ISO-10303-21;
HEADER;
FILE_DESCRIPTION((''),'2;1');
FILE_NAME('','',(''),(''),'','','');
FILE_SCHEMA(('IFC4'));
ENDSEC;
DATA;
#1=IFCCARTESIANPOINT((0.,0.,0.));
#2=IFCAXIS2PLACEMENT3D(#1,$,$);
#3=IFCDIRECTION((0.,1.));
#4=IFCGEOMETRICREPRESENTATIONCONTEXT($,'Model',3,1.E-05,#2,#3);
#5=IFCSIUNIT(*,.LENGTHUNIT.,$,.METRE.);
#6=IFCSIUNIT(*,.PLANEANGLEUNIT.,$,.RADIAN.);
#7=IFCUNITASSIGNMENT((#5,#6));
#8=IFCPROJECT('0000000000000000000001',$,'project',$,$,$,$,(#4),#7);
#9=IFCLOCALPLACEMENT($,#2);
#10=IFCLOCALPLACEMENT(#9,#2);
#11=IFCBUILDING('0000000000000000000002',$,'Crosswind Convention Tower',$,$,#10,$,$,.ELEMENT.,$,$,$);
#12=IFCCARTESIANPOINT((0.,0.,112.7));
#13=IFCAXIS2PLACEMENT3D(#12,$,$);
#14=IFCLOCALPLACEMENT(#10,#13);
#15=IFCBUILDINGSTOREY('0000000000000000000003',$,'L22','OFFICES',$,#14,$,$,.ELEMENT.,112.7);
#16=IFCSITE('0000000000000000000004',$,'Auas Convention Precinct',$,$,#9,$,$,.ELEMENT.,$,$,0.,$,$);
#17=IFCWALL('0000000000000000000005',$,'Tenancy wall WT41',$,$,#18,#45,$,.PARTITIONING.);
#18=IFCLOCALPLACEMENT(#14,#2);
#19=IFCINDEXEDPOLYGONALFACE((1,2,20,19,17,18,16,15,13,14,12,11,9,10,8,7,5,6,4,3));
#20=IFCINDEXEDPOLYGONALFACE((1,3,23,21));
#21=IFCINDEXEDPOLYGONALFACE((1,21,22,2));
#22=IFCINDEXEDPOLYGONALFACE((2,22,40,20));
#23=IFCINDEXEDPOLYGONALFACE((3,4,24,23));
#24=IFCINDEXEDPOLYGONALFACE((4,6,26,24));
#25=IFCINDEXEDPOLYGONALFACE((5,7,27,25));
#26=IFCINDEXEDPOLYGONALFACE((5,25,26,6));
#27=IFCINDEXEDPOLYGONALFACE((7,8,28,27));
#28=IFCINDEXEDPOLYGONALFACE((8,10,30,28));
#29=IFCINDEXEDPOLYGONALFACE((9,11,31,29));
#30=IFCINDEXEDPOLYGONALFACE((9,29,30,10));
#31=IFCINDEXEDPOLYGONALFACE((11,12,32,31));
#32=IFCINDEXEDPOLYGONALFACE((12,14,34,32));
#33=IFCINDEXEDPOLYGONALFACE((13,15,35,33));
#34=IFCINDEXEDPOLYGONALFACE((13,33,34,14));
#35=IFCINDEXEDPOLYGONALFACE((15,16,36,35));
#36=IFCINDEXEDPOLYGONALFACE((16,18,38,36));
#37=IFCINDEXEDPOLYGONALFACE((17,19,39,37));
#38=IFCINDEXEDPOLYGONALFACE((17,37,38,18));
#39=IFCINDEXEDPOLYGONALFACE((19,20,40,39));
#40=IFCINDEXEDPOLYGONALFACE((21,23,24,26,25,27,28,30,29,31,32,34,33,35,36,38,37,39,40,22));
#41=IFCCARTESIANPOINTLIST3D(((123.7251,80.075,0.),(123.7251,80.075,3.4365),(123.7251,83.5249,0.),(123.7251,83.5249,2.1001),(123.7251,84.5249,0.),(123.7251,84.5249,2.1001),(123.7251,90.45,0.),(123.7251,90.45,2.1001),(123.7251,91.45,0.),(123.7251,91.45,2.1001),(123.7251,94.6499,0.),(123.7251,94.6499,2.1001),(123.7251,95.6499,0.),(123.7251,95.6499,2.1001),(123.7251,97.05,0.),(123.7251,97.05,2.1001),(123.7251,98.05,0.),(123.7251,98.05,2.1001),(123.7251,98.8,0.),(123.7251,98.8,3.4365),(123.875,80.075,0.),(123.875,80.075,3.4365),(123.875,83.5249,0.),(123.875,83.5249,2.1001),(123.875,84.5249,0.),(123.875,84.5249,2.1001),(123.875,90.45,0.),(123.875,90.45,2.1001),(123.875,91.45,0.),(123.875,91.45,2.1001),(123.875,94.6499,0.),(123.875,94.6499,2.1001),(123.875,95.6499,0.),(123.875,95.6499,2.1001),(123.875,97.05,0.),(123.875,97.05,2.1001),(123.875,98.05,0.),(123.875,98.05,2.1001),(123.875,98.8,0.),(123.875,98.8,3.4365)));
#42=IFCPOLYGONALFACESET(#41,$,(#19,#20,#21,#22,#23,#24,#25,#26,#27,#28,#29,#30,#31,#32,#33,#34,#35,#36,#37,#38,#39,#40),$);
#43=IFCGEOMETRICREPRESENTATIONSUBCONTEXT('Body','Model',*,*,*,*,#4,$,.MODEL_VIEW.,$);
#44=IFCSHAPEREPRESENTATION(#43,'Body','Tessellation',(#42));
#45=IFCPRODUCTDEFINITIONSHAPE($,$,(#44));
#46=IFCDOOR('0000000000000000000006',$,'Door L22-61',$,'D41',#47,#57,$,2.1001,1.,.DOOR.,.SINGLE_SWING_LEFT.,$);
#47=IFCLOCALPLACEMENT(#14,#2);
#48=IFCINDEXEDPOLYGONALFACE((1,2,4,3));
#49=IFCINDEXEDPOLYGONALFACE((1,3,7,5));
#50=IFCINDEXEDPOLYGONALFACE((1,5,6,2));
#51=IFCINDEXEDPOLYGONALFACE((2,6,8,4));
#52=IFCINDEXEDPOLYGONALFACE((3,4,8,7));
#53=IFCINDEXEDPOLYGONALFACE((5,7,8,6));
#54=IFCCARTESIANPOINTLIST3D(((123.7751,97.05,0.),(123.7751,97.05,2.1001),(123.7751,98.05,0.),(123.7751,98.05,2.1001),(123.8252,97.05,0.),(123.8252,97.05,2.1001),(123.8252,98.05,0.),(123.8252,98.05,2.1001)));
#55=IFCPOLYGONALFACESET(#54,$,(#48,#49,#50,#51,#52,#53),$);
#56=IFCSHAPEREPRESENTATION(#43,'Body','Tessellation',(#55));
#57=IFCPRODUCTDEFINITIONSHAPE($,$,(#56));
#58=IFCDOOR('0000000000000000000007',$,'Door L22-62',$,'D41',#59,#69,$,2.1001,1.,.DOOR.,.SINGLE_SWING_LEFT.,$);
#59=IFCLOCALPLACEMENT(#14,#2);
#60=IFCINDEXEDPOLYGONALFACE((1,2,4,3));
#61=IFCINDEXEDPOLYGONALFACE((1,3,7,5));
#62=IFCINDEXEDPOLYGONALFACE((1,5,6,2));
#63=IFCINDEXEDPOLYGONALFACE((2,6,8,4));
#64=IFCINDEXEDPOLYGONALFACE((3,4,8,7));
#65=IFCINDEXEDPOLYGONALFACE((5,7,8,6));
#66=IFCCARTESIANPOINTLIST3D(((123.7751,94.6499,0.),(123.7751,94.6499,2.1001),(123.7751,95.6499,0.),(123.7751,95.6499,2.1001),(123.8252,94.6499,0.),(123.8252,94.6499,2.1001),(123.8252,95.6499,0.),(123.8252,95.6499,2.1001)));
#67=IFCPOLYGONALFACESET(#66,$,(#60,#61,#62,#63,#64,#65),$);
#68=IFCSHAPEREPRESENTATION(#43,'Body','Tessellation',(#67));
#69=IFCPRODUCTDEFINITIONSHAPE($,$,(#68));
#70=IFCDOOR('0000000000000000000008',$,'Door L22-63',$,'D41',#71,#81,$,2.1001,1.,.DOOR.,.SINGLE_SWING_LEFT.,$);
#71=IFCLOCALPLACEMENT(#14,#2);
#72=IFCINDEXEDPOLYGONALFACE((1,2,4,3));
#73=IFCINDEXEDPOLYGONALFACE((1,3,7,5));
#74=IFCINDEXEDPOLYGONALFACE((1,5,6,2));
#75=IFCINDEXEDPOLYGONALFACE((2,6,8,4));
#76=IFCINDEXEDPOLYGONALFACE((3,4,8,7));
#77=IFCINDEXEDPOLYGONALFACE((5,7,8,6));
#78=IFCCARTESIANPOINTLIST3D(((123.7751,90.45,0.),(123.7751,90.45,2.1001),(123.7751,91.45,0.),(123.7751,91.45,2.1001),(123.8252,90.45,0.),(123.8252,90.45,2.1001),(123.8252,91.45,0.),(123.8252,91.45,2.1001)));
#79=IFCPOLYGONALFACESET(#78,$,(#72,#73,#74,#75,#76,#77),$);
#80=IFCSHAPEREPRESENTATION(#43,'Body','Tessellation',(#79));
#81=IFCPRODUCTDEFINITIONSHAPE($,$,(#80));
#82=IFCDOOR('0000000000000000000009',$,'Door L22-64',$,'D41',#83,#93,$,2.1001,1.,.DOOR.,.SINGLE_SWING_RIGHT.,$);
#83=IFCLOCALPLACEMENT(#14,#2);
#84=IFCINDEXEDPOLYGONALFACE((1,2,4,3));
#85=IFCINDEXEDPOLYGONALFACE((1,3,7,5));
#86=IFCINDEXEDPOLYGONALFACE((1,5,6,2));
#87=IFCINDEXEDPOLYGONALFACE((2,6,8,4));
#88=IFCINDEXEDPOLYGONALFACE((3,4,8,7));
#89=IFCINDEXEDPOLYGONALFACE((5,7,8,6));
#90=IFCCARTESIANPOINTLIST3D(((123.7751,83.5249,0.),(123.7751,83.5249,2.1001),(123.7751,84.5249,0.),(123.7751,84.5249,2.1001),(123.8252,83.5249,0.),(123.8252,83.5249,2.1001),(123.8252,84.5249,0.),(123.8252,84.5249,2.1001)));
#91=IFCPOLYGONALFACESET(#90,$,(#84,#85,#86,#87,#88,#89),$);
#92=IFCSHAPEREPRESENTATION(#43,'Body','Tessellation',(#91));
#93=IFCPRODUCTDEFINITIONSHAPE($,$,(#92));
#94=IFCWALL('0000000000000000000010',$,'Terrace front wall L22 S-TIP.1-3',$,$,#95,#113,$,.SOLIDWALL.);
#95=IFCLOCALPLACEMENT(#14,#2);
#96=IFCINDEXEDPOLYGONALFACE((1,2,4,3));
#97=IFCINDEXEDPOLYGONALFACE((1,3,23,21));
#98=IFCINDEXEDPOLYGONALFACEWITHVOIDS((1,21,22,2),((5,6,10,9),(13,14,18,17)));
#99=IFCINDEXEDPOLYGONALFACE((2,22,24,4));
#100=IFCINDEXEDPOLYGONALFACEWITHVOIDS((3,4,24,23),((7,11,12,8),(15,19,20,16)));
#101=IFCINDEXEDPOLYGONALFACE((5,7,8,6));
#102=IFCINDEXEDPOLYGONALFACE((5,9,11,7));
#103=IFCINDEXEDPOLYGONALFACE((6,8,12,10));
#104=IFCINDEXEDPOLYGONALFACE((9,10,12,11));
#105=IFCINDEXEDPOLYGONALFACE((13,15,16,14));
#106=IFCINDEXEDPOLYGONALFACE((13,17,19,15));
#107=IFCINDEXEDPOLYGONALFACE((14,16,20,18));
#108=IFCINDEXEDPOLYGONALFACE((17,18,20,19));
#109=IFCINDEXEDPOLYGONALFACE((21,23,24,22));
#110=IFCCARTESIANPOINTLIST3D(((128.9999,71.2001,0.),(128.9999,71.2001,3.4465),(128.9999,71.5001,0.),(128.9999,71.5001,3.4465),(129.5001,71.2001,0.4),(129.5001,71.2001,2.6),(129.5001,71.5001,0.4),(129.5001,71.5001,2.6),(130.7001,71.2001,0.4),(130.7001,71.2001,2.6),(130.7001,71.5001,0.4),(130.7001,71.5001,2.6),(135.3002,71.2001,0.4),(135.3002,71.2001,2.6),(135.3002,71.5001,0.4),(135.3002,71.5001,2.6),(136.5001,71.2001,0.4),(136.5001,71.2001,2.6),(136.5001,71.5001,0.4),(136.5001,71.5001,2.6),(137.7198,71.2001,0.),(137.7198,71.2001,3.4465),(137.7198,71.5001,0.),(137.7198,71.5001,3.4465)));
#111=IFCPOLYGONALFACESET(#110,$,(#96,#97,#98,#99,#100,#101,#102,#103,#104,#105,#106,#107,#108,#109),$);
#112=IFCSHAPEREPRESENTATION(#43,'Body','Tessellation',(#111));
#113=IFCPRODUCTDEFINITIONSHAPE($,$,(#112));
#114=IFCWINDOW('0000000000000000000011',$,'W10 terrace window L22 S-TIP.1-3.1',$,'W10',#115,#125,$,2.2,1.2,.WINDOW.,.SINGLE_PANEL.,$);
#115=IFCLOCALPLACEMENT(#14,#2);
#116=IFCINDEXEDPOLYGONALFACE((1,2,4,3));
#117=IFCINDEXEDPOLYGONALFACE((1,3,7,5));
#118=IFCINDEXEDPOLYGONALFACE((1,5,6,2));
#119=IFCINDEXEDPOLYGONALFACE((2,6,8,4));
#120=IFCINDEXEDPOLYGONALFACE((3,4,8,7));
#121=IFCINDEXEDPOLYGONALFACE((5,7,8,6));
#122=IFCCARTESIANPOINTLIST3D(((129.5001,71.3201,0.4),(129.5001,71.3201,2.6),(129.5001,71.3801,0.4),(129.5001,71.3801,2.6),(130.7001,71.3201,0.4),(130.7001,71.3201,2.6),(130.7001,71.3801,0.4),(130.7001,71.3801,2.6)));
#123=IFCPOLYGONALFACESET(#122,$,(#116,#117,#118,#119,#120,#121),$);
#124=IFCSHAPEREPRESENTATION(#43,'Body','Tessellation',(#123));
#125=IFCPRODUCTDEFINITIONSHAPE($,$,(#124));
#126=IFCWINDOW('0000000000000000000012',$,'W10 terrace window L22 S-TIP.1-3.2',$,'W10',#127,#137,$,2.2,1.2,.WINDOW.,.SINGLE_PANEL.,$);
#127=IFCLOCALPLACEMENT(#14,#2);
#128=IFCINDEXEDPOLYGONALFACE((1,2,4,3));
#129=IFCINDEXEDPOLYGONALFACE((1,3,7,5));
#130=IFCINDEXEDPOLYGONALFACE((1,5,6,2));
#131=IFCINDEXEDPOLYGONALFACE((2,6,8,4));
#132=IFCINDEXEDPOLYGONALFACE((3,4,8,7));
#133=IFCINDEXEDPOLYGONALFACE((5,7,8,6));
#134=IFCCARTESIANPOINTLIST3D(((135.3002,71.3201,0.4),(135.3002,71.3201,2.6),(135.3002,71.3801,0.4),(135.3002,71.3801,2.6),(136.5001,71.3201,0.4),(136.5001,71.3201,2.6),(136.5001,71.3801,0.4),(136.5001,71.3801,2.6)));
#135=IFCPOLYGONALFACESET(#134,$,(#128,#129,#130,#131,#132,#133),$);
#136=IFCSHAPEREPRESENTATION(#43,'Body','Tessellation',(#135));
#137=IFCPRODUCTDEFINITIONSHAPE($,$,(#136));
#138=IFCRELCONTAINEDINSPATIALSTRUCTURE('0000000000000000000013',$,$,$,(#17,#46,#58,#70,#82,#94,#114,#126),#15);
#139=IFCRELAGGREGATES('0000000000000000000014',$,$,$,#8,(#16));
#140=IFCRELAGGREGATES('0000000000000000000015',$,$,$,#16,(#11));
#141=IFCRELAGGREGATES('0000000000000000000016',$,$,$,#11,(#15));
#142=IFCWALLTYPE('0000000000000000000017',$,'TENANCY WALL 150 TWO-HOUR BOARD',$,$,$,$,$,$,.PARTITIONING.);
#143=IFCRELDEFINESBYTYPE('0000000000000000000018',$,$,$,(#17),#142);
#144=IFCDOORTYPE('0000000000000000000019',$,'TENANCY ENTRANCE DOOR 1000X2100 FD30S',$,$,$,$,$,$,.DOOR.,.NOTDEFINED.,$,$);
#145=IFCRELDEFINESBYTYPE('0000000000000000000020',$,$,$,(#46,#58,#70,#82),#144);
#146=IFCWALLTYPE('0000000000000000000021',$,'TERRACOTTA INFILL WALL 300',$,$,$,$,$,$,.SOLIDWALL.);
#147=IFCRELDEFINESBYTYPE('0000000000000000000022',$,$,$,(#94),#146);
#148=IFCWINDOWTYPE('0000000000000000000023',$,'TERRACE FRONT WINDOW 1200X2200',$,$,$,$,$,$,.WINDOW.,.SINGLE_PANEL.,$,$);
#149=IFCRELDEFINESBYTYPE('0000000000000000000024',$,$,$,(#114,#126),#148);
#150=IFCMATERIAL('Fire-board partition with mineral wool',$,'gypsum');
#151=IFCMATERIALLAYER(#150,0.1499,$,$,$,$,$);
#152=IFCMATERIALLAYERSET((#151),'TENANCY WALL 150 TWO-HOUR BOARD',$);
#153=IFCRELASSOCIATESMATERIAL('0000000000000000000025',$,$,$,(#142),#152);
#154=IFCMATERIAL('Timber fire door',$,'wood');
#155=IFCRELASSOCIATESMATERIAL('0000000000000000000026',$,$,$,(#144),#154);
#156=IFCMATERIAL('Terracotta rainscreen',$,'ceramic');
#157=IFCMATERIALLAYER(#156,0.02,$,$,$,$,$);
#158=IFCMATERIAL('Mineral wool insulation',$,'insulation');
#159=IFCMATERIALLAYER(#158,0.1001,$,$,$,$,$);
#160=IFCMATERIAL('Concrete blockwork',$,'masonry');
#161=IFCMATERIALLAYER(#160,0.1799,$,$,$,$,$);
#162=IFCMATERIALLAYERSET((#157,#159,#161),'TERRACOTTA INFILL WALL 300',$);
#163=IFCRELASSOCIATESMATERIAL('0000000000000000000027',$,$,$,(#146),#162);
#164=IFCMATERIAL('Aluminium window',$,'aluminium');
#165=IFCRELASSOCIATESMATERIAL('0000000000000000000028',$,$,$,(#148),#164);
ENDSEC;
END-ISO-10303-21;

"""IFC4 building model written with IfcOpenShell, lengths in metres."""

from ifc_helpers import new_model, si_unit, direction, frame, frame_2d, origin, place, context, subcontext, project, spatial, rectangle, extrude, material, layer, layer_set, type_object, element, fill, save


model = new_model("IFC4")

# Units and contexts
model_context = context("Model", 3, precision=1e-05, world=origin(), true_north=direction((0.0, 1.0)))
body_context = subcontext(model_context, "Body", "Model", "MODEL_VIEW")
ifc_project = project(units=[si_unit("LENGTHUNIT", "METRE"), si_unit("PLANEANGLEUNIT", "RADIAN")], contexts=[model_context])

# Site, building, storey
site_placement = place(None, origin())
site = spatial("IfcSite", under=ifc_project, at=site_placement, Name="Auas Convention Precinct", CompositionType="ELEMENT", RefElevation=0.0)
building_placement = place(site_placement, origin())
building = spatial("IfcBuilding", under=site, at=building_placement, Name="Crosswind Convention Tower", CompositionType="ELEMENT")
storey_placement = place(building_placement, frame((0.0, 0.0, 112.7)))
storey = spatial("IfcBuildingStorey", under=building, at=storey_placement, Name="L22", Description="OFFICES", CompositionType="ELEMENT", Elevation=112.7)

# Wall, openings, doors
ifc_material_1 = material(Name="Fire-board partition with mineral wool", Category="gypsum")
ifc_layer_1 = layer(ifc_material_1, 0.1499)
ifc_layer_set_1 = layer_set([ifc_layer_1], Name="TENANCY WALL 150 TWO-HOUR BOARD")
wall_type_1 = type_object("IfcWallType", Name="TENANCY WALL 150 TWO-HOUR BOARD", PredefinedType="PARTITIONING", material=ifc_layer_set_1)
wall_1_placement = place(storey_placement, frame((123.8, 80.075, 0.0), z_axis=(0.0, 0.0, 1.0), x_axis=(0.0, 1.0, 0.0)))
wall_1 = element("IfcWall", 1, at=wall_1_placement, inside=storey, type_object=wall_type_1, Name="Tenancy wall WT41", PredefinedType="PARTITIONING", context=body_context, shape_type="SweptSolid", body=[
    extrude(rectangle(XDim=18.7251, YDim=0.1499, at=frame_2d((9.3625, 0.0))), origin(), (0.0, 0.0, 1.0), 3.4365),
])
opening_1_placement = place(wall_1_placement, frame((16.9751, 0.0, 0.0)))
opening_1 = element("IfcOpeningElement", 2, at=opening_1_placement, cuts=wall_1, PredefinedType="OPENING", context=body_context, shape_type="SweptSolid", body=[
    extrude(rectangle(XDim=1.0, YDim=2.1001, at=frame_2d((0.5, 1.05))), frame((0.0, 0.085, 0.0), z_axis=(0.0, -1.0, 0.0), x_axis=(1.0, 0.0, 0.0)), (0.0, 0.0, 1.0), 0.1699),
])
opening_2_placement = place(wall_1_placement, frame((14.575, 0.0, 0.0)))
opening_2 = element("IfcOpeningElement", 3, at=opening_2_placement, cuts=wall_1, PredefinedType="OPENING", context=body_context, shape_type="SweptSolid", body=[
    extrude(rectangle(XDim=1.0, YDim=2.1001, at=frame_2d((0.5, 1.05))), frame((0.0, 0.085, 0.0), z_axis=(0.0, -1.0, 0.0), x_axis=(1.0, 0.0, 0.0)), (0.0, 0.0, 1.0), 0.1699),
])
opening_3_placement = place(wall_1_placement, frame((10.375, 0.0, 0.0)))
opening_3 = element("IfcOpeningElement", 4, at=opening_3_placement, cuts=wall_1, PredefinedType="OPENING", context=body_context, shape_type="SweptSolid", body=[
    extrude(rectangle(XDim=1.0, YDim=2.1001, at=frame_2d((0.5, 1.05))), frame((0.0, 0.085, 0.0), z_axis=(0.0, -1.0, 0.0), x_axis=(1.0, 0.0, 0.0)), (0.0, 0.0, 1.0), 0.1699),
])
opening_4_placement = place(wall_1_placement, frame((3.45, 0.0, 0.0)))
opening_4 = element("IfcOpeningElement", 5, at=opening_4_placement, cuts=wall_1, PredefinedType="OPENING", context=body_context, shape_type="SweptSolid", body=[
    extrude(rectangle(XDim=1.0, YDim=2.1001, at=frame_2d((0.5, 1.05))), frame((0.0, 0.085, 0.0), z_axis=(0.0, -1.0, 0.0), x_axis=(1.0, 0.0, 0.0)), (0.0, 0.0, 1.0), 0.1699),
])
ifc_material_2 = material(Name="Timber fire door", Category="wood")
door_type = type_object("IfcDoorType", Name="TENANCY ENTRANCE DOOR 1000X2100 FD30S", OperationType="NOTDEFINED", PredefinedType="DOOR", material=ifc_material_2)
door_1_placement = place(opening_1_placement, origin())
door_1 = element("IfcDoor", 6, at=door_1_placement, inside=storey, type_object=door_type, Name="Door L22-61", ObjectType="D41", OperationType="SINGLE_SWING_LEFT", OverallHeight=2.1001, OverallWidth=1.0, PredefinedType="DOOR", context=body_context, shape_type="SweptSolid", body=[
    extrude(rectangle(XDim=1.0, YDim=2.1001, at=frame_2d((0.5, 1.05))), frame((0.0, 0.0249, 0.0), z_axis=(0.0, -1.0, 0.0), x_axis=(1.0, 0.0, 0.0)), (0.0, 0.0, 1.0), 0.05),
])
fill(opening_1, door_1)
door_2_placement = place(opening_2_placement, origin())
door_2 = element("IfcDoor", 7, at=door_2_placement, inside=storey, type_object=door_type, Name="Door L22-62", ObjectType="D41", OperationType="SINGLE_SWING_LEFT", OverallHeight=2.1001, OverallWidth=1.0, PredefinedType="DOOR", context=body_context, shape_type="SweptSolid", body=[
    extrude(rectangle(XDim=1.0, YDim=2.1001, at=frame_2d((0.5, 1.05))), frame((0.0, 0.0249, 0.0), z_axis=(0.0, -1.0, 0.0), x_axis=(1.0, 0.0, 0.0)), (0.0, 0.0, 1.0), 0.05),
])
fill(opening_2, door_2)
door_3_placement = place(opening_3_placement, origin())
door_3 = element("IfcDoor", 8, at=door_3_placement, inside=storey, type_object=door_type, Name="Door L22-63", ObjectType="D41", OperationType="SINGLE_SWING_LEFT", OverallHeight=2.1001, OverallWidth=1.0, PredefinedType="DOOR", context=body_context, shape_type="SweptSolid", body=[
    extrude(rectangle(XDim=1.0, YDim=2.1001, at=frame_2d((0.5, 1.05))), frame((0.0, 0.0249, 0.0), z_axis=(0.0, -1.0, 0.0), x_axis=(1.0, 0.0, 0.0)), (0.0, 0.0, 1.0), 0.05),
])
fill(opening_3, door_3)
door_4_placement = place(opening_4_placement, origin())
door_4 = element("IfcDoor", 9, at=door_4_placement, inside=storey, type_object=door_type, Name="Door L22-64", ObjectType="D41", OperationType="SINGLE_SWING_RIGHT", OverallHeight=2.1001, OverallWidth=1.0, PredefinedType="DOOR", context=body_context, shape_type="SweptSolid", body=[
    extrude(rectangle(XDim=1.0, YDim=2.1001, at=frame_2d((0.5, 1.05))), frame((0.0, 0.0249, 0.0), z_axis=(0.0, -1.0, 0.0), x_axis=(1.0, 0.0, 0.0)), (0.0, 0.0, 1.0), 0.05),
])
fill(opening_4, door_4)

# Wall, openings, windows
ifc_material_3 = material(Name="Terracotta rainscreen", Category="ceramic")
ifc_layer_2 = layer(ifc_material_3, 0.02)
ifc_material_4 = material(Name="Mineral wool insulation", Category="insulation")
ifc_layer_3 = layer(ifc_material_4, 0.1001)
ifc_material_5 = material(Name="Concrete blockwork", Category="masonry")
ifc_layer_4 = layer(ifc_material_5, 0.1799)
ifc_layer_set_2 = layer_set([ifc_layer_2, ifc_layer_3, ifc_layer_4], Name="TERRACOTTA INFILL WALL 300")
wall_type_2 = type_object("IfcWallType", Name="TERRACOTTA INFILL WALL 300", PredefinedType="SOLIDWALL", material=ifc_layer_set_2)
wall_2_placement = place(storey_placement, frame((129.0, 71.3501, 0.0), z_axis=(0.0, 0.0, 1.0), x_axis=(1.0, 0.0, 0.0)))
wall_2 = element("IfcWall", 10, at=wall_2_placement, inside=storey, type_object=wall_type_2, Name="Terrace front wall L22 S-TIP.1-3", PredefinedType="SOLIDWALL", context=body_context, shape_type="SweptSolid", body=[
    extrude(rectangle(XDim=8.72, YDim=0.3, at=frame_2d((4.3599, 0.0))), origin(), (0.0, 0.0, 1.0), 3.4465),
])
opening_5_placement = place(wall_2_placement, frame((0.5, 0.0, 0.3999)))
opening_5 = element("IfcOpeningElement", 11, at=opening_5_placement, cuts=wall_2, PredefinedType="OPENING", context=body_context, shape_type="SweptSolid", body=[
    extrude(rectangle(XDim=1.2, YDim=2.2, at=frame_2d((0.6001, 1.1001))), frame((0.0, 0.1599, 0.0), z_axis=(0.0, -1.0, 0.0), x_axis=(1.0, 0.0, 0.0)), (0.0, 0.0, 1.0), 0.3201),
])
opening_6_placement = place(wall_2_placement, frame((6.3, 0.0, 0.3999)))
opening_6 = element("IfcOpeningElement", 12, at=opening_6_placement, cuts=wall_2, PredefinedType="OPENING", context=body_context, shape_type="SweptSolid", body=[
    extrude(rectangle(XDim=1.2, YDim=2.2, at=frame_2d((0.6001, 1.1001))), frame((0.0, 0.1599, 0.0), z_axis=(0.0, -1.0, 0.0), x_axis=(1.0, 0.0, 0.0)), (0.0, 0.0, 1.0), 0.3201),
])
ifc_material_6 = material(Name="Aluminium window", Category="aluminium")
window_type = type_object("IfcWindowType", Name="TERRACE FRONT WINDOW 1200X2200", PartitioningType="SINGLE_PANEL", PredefinedType="WINDOW", material=ifc_material_6)
window_1_placement = place(opening_5_placement, origin())
window_1 = element("IfcWindow", 13, at=window_1_placement, inside=storey, type_object=window_type, Name="W10 terrace window L22 S-TIP.1-3.1", ObjectType="W10", OverallHeight=2.2, OverallWidth=1.2, PartitioningType="SINGLE_PANEL", PredefinedType="WINDOW", context=body_context, shape_type="SweptSolid", body=[
    extrude(rectangle(XDim=1.2, YDim=2.2, at=frame_2d((0.6001, 1.1001))), frame((0.0, 0.03, 0.0), z_axis=(0.0, -1.0, 0.0), x_axis=(1.0, 0.0, 0.0)), (0.0, 0.0, 1.0), 0.0601),
])
fill(opening_5, window_1)
window_2_placement = place(opening_6_placement, origin())
window_2 = element("IfcWindow", 14, at=window_2_placement, inside=storey, type_object=window_type, Name="W10 terrace window L22 S-TIP.1-3.2", ObjectType="W10", OverallHeight=2.2, OverallWidth=1.2, PartitioningType="SINGLE_PANEL", PredefinedType="WINDOW", context=body_context, shape_type="SweptSolid", body=[
    extrude(rectangle(XDim=1.2, YDim=2.2, at=frame_2d((0.6001, 1.1001))), frame((0.0, 0.03, 0.0), z_axis=(0.0, -1.0, 0.0), x_axis=(1.0, 0.0, 0.0)), (0.0, 0.0, 1.0), 0.0601),
])
fill(opening_6, window_2)

save(model, "model.ifc")
